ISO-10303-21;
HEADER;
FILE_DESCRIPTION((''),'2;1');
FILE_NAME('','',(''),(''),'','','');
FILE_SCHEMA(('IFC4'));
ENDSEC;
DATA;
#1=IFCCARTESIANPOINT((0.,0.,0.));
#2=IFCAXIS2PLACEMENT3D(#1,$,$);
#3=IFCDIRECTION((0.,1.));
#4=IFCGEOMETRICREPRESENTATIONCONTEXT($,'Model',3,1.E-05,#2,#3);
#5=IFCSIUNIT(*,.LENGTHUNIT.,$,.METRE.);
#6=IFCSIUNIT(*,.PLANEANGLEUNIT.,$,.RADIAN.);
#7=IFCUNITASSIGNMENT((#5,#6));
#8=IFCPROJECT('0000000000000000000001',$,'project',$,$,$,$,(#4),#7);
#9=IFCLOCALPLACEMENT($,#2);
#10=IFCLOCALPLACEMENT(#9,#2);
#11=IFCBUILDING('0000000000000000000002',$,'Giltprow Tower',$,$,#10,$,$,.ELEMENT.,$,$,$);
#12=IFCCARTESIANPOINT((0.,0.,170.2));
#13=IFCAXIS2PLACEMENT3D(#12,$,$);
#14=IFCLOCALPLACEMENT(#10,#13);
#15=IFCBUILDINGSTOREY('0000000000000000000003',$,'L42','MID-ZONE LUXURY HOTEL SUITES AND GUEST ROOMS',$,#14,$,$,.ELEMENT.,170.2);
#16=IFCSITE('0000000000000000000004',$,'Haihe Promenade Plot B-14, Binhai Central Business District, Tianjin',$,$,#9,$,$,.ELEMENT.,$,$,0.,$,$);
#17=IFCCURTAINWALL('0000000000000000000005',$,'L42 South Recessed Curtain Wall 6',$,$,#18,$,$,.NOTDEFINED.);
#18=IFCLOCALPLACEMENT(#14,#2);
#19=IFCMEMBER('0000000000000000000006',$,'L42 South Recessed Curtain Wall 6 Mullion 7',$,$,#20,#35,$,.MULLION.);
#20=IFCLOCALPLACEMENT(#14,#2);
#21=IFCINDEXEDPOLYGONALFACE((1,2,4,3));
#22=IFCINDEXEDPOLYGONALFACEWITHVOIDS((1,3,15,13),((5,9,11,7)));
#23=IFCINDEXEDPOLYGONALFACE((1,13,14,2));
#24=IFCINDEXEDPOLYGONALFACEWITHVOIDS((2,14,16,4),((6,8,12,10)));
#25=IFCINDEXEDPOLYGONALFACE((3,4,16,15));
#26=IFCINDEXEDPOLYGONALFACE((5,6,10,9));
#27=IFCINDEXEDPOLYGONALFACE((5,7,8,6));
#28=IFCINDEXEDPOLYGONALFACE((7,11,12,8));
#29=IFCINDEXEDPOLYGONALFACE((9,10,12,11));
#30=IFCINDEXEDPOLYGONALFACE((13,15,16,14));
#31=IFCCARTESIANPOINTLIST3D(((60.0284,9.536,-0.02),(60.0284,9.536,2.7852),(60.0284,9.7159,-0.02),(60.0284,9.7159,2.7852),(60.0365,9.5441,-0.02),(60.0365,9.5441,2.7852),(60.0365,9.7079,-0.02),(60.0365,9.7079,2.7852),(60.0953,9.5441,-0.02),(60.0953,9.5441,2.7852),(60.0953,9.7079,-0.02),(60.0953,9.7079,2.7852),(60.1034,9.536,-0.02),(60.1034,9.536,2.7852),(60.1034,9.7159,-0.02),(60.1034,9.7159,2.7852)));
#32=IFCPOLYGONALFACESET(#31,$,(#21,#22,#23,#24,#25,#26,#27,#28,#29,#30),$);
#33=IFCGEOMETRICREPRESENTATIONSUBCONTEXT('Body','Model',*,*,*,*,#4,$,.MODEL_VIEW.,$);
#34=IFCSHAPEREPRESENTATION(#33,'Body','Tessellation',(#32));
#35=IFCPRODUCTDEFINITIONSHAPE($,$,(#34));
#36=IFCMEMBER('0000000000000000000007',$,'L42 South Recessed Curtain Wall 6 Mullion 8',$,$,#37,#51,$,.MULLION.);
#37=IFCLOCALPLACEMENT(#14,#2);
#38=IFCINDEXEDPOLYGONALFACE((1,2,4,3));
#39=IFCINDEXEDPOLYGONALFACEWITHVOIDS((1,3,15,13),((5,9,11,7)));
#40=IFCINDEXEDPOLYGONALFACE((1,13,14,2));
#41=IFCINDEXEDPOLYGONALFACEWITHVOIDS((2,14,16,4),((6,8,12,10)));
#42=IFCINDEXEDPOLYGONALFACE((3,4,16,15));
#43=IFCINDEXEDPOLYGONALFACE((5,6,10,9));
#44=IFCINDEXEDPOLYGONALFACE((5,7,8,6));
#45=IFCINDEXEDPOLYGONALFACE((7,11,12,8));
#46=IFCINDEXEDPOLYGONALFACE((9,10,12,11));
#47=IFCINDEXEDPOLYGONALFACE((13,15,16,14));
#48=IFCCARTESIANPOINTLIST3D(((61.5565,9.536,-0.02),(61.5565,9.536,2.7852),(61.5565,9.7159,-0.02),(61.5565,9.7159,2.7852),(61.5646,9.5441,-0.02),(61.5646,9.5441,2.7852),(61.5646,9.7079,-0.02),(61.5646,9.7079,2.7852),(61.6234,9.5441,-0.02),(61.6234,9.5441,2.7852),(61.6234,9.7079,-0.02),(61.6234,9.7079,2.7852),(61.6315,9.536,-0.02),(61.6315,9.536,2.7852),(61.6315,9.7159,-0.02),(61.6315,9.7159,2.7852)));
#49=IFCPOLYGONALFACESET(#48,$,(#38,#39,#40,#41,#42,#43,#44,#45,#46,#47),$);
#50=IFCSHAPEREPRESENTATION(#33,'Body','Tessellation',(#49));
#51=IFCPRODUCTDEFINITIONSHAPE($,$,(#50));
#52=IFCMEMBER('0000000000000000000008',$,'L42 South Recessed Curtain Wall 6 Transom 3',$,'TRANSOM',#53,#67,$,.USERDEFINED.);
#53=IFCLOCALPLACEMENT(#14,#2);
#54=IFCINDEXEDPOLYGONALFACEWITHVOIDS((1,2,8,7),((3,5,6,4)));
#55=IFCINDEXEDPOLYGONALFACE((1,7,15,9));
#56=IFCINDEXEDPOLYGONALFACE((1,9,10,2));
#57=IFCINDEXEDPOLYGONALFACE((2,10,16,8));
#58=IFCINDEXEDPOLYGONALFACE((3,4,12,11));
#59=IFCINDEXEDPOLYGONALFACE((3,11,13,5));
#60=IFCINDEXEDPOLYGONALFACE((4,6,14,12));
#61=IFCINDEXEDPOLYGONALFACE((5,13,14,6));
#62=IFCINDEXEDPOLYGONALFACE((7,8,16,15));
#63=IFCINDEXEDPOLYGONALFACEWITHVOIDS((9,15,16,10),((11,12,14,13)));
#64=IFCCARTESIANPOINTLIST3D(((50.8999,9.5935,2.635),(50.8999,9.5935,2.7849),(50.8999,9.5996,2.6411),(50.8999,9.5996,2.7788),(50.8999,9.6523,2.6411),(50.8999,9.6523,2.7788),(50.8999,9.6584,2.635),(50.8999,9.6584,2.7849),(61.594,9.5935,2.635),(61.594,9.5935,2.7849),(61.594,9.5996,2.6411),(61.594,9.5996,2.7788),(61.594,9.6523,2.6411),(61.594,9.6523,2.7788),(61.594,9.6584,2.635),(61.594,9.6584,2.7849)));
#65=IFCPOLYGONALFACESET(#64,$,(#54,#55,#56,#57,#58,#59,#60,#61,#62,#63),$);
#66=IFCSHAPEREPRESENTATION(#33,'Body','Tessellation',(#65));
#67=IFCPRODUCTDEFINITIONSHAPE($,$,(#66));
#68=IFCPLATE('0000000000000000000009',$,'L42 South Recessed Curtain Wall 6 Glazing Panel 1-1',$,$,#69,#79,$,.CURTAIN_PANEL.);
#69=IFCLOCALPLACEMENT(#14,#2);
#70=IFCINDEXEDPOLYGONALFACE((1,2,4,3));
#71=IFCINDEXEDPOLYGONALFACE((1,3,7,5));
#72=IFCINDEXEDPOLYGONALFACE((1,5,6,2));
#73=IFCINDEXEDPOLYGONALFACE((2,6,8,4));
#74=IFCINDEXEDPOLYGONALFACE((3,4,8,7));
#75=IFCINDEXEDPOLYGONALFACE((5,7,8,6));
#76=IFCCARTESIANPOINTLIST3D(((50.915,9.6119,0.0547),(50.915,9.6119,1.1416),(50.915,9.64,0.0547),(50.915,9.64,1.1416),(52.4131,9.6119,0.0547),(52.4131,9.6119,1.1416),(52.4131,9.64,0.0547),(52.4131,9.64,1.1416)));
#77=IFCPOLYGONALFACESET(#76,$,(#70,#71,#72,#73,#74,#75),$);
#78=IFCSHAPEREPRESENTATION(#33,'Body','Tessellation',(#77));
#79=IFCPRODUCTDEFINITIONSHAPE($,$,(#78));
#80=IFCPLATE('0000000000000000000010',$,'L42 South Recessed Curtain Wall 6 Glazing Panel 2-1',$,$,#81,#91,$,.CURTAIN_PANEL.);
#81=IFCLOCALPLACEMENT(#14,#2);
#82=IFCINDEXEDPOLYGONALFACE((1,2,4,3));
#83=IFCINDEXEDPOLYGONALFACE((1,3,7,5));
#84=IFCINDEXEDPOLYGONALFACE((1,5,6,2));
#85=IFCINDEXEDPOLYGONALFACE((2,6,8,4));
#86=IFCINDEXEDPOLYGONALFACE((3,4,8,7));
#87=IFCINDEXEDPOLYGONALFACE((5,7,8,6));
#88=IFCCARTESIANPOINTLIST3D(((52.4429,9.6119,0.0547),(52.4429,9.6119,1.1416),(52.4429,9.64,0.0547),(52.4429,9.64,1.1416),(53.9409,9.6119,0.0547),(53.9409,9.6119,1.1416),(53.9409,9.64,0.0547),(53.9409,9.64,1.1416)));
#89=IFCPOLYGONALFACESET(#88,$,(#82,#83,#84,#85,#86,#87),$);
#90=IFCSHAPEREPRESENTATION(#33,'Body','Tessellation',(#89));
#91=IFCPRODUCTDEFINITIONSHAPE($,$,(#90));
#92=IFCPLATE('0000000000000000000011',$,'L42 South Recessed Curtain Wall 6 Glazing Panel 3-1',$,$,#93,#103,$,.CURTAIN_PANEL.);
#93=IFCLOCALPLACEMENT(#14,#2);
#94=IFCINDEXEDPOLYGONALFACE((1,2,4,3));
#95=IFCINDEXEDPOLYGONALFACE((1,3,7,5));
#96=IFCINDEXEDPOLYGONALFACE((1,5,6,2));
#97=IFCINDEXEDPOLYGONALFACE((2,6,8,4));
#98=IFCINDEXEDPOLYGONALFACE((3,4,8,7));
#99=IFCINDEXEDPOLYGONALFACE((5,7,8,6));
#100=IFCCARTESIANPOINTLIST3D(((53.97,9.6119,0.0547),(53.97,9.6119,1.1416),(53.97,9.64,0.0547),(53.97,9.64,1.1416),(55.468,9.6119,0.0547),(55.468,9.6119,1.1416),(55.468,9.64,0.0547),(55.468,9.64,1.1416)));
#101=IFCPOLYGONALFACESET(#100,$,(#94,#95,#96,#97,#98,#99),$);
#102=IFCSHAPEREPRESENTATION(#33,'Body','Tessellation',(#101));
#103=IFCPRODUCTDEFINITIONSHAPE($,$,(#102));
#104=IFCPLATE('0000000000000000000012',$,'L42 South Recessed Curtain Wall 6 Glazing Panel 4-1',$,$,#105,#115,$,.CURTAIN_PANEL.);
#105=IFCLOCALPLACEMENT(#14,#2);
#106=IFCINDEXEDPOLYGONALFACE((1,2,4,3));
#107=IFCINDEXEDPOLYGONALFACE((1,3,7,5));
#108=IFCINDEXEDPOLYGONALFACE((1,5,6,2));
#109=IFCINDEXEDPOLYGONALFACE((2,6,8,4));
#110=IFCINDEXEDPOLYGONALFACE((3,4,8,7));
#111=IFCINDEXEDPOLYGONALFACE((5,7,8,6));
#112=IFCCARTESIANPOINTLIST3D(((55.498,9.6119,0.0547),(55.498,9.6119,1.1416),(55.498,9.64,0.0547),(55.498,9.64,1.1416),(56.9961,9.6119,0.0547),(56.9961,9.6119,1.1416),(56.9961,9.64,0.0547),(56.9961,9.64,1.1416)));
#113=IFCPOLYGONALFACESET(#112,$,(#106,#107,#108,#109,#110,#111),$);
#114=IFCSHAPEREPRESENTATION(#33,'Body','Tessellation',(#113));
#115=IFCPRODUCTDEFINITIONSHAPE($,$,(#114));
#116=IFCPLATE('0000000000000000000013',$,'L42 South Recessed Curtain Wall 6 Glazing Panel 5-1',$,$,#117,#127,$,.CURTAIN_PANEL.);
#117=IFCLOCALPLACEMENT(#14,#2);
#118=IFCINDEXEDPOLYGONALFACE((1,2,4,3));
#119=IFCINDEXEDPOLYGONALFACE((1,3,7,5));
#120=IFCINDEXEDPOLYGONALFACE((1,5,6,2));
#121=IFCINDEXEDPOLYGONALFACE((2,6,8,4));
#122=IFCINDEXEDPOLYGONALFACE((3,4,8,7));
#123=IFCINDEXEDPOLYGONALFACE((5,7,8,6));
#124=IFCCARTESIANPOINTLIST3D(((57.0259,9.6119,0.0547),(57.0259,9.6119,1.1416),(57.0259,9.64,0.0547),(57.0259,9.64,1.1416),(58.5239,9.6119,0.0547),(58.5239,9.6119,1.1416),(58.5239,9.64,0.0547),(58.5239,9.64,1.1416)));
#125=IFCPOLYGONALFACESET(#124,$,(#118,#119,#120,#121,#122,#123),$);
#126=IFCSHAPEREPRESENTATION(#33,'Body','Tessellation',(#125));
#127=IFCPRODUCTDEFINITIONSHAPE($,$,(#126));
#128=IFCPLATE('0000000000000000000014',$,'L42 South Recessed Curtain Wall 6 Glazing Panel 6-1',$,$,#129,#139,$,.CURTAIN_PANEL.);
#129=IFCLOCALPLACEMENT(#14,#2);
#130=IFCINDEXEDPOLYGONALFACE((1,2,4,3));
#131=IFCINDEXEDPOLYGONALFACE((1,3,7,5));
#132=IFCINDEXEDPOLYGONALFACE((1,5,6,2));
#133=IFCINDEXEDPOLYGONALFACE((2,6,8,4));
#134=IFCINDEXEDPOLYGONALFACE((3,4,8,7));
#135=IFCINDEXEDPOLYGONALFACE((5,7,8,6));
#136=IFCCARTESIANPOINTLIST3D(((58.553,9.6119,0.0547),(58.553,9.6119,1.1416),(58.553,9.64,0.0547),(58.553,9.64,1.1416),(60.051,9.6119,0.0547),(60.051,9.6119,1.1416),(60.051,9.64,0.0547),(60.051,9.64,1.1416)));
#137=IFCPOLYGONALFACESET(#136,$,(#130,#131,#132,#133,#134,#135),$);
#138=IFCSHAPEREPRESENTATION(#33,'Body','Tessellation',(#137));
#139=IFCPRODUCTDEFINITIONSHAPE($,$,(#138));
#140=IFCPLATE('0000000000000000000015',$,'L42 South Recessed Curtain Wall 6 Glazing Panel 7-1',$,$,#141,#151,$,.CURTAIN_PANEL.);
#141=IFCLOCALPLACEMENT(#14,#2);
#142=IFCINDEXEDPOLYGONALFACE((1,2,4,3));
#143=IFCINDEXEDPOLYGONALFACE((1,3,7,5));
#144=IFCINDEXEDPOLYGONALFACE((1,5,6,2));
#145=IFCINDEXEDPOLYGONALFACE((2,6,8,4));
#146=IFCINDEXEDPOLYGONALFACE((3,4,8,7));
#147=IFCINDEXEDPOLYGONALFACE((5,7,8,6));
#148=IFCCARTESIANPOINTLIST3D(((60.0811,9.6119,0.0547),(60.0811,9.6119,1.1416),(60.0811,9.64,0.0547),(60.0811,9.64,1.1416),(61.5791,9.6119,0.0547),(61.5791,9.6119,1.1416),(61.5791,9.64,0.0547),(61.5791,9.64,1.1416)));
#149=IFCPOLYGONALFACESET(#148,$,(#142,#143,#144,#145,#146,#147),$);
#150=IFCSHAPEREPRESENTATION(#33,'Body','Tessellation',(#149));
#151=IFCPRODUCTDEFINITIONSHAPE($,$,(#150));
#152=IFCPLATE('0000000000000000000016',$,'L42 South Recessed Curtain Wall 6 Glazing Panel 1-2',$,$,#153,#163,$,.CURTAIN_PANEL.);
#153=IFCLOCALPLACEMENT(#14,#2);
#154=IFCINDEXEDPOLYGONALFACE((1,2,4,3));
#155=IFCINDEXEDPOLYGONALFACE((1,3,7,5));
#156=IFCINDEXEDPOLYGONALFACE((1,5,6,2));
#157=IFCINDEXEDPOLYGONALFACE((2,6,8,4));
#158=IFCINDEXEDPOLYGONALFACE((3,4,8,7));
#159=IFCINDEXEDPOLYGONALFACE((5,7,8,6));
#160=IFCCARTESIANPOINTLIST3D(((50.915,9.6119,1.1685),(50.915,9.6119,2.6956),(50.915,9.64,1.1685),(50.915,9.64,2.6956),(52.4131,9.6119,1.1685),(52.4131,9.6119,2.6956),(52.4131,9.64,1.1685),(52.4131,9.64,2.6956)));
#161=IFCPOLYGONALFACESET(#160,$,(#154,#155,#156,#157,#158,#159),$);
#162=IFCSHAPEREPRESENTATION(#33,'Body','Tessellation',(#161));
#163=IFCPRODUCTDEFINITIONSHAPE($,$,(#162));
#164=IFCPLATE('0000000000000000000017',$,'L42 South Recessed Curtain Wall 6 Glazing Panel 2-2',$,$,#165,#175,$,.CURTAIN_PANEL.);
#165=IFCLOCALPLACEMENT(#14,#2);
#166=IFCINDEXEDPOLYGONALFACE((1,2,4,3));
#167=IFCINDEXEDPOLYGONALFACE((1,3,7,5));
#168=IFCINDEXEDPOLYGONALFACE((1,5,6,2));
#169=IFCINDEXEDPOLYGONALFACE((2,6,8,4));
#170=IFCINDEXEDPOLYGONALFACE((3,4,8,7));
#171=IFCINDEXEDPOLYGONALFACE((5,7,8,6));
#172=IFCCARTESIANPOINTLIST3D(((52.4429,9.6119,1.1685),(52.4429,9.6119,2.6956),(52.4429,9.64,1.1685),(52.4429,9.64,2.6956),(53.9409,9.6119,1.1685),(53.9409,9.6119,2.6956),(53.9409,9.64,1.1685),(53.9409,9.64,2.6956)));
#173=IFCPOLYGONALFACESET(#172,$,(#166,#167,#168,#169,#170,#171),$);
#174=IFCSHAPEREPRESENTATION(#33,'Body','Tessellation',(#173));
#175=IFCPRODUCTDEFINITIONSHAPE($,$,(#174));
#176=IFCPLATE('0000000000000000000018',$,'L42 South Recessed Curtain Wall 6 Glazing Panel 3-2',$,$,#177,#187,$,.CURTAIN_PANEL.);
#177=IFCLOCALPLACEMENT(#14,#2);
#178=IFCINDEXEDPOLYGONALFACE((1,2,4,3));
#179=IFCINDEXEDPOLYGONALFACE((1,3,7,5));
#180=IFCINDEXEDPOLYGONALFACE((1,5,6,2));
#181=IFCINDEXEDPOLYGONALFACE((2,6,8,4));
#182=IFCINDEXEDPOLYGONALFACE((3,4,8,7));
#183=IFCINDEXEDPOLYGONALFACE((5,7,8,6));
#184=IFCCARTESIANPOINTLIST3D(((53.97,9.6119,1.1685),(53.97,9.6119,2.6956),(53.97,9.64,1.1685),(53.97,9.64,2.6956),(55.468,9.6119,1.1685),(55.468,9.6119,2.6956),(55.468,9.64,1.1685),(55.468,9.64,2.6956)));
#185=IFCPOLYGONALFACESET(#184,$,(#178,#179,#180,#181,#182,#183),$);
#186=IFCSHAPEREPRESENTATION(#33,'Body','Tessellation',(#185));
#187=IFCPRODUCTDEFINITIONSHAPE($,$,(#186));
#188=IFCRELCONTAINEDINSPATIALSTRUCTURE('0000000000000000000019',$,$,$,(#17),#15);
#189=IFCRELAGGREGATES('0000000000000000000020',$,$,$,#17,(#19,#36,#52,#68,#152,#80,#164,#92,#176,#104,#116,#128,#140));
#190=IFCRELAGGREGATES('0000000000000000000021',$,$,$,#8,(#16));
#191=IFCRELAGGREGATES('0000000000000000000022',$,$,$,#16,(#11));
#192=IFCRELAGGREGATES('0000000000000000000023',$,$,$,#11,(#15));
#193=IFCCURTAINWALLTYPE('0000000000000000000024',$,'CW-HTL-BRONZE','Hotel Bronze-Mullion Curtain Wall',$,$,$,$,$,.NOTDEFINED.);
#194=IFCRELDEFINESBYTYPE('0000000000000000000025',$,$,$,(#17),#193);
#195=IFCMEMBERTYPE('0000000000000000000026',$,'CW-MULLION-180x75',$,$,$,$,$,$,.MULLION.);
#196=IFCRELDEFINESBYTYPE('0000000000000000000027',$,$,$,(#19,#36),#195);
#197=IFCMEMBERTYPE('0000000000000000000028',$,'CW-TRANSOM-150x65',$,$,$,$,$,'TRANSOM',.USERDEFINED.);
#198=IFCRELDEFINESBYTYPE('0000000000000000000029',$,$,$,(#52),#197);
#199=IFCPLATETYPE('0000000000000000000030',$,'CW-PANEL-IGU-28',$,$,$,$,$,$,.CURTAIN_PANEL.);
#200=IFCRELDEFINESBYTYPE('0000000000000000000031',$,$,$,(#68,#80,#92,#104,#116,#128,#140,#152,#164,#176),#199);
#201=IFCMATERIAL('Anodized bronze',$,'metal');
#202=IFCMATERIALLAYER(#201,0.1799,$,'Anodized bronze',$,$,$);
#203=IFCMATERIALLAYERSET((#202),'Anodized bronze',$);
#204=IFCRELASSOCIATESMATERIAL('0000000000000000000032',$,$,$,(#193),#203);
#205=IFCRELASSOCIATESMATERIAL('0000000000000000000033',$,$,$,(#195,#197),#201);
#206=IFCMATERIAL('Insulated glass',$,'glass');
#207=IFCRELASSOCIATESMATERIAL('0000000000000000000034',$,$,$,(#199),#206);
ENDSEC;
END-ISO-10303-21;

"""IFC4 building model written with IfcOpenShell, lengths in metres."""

from ifc_helpers import new_model, si_unit, direction, frame, origin, origin_2d, place, context, subcontext, project, spatial, rectangle, hollow_rectangle, extrude, source, transform, mapped, material, layer, layer_set, material_profile, profile_set, type_object, element, aggregate, save


model = new_model("IFC4")

# Units and contexts
model_context = context("Model", 3, precision=1e-05, world=origin(), true_north=direction((0.0, 1.0)))
body_context = subcontext(model_context, "Body", "Model", "MODEL_VIEW")
ifc_project = project(units=[si_unit("LENGTHUNIT", "METRE"), si_unit("PLANEANGLEUNIT", "RADIAN")], contexts=[model_context])

# Site, building, storey
site_placement = place(None, origin())
site = spatial("IfcSite", under=ifc_project, at=site_placement, Name="Haihe Promenade Plot B-14, Binhai Central Business District, Tianjin", CompositionType="ELEMENT", RefElevation=0.0)
building_placement = place(site_placement, origin())
building = spatial("IfcBuilding", under=site, at=building_placement, Name="Giltprow Tower", CompositionType="ELEMENT")
storey_placement = place(building_placement, frame((0.0, 0.0, 170.2)))
storey = spatial("IfcBuildingStorey", under=building, at=storey_placement, Name="L42", Description="MID-ZONE LUXURY HOTEL SUITES AND GUEST ROOMS", CompositionType="ELEMENT", Elevation=170.2)

# Curtain wall, members, plates
ifc_material_1 = material(Name="Anodized bronze", Category="metal")
ifc_layer_1 = layer(ifc_material_1, 0.1799, Name="Anodized bronze")
ifc_layer_set_1 = layer_set([ifc_layer_1], Name="Anodized bronze")
curtain_wall_type = type_object("IfcCurtainWallType", Name="CW-HTL-BRONZE", Description="Hotel Bronze-Mullion Curtain Wall", PredefinedType="NOTDEFINED", material=ifc_layer_set_1)
curtain_wall_placement = place(storey_placement, origin())
curtain_wall = element("IfcCurtainWall", 1, at=curtain_wall_placement, inside=storey, type_object=curtain_wall_type, Name="L42 South Recessed Curtain Wall 6", PredefinedType="NOTDEFINED")
ifc_material_profile_1 = material_profile(ifc_material_1, hollow_rectangle(XDim=0.075, YDim=0.1799, WallThickness=0.0081, at=origin_2d()), Name="RHS 180x75x8")
ifc_profile_set_1 = profile_set([ifc_material_profile_1], Name="Anodized bronze")
member_type_1 = type_object("IfcMemberType", Name="CW-MULLION-180x75", PredefinedType="MULLION", material=ifc_profile_set_1)
shared_shape_1 = source(origin(), body_context, "Body", "SweptSolid", [
    extrude(hollow_rectangle(XDim=0.075, YDim=0.1799, WallThickness=0.0081, at=origin_2d()), origin(), (0.0, 0.0, 1.0), 2.8052),
])
member_1_placement = place(storey_placement, frame((60.0659, 9.626, -0.02), z_axis=(0.0, 0.0, 1.0), x_axis=(1.0, 0.0, 0.0)))
member_1 = element("IfcMember", 2, at=member_1_placement, type_object=member_type_1, Name="L42 South Recessed Curtain Wall 6 Mullion 7", PredefinedType="MULLION", context=body_context, shape_type="MappedRepresentation", body=[
    mapped(shared_shape_1, transform((0.0, 0.0, 0.0), x_axis=(1.0, 0.0, 0.0), y_axis=(0.0, 1.0, 0.0), z_axis=(0.0, 0.0, 1.0), scale=1.0)),
])
member_2_placement = place(storey_placement, frame((61.594, 9.626, -0.02), z_axis=(0.0, 0.0, 1.0), x_axis=(1.0, 0.0, 0.0)))
member_2 = element("IfcMember", 3, at=member_2_placement, type_object=member_type_1, Name="L42 South Recessed Curtain Wall 6 Mullion 8", PredefinedType="MULLION", context=body_context, shape_type="MappedRepresentation", body=[
    mapped(shared_shape_1, transform((0.0, 0.0, 0.0), x_axis=(1.0, 0.0, 0.0), y_axis=(0.0, 1.0, 0.0), z_axis=(0.0, 0.0, 1.0), scale=1.0)),
])
ifc_material_profile_2 = material_profile(ifc_material_1, hollow_rectangle(XDim=0.0649, YDim=0.1499, WallThickness=0.0061, at=origin_2d()), Name="RHS 150x65x6")
ifc_profile_set_2 = profile_set([ifc_material_profile_2], Name="Anodized bronze")
member_type_2 = type_object("IfcMemberType", Name="CW-TRANSOM-150x65", ElementType="TRANSOM", PredefinedType="USERDEFINED", material=ifc_profile_set_2)
shared_shape_2 = source(origin(), body_context, "Body", "SweptSolid", [
    extrude(hollow_rectangle(XDim=0.0649, YDim=0.1499, WallThickness=0.0061, at=origin_2d()), origin(), (0.0, 0.0, 1.0), 10.6941),
])
member_3_placement = place(storey_placement, frame((50.8999, 9.626, 2.71), z_axis=(1.0, 0.0, 0.0), x_axis=(0.0, 1.0, 0.0)))
member_3 = element("IfcMember", 4, at=member_3_placement, type_object=member_type_2, Name="L42 South Recessed Curtain Wall 6 Transom 3", ObjectType="TRANSOM", PredefinedType="USERDEFINED", context=body_context, shape_type="MappedRepresentation", body=[
    mapped(shared_shape_2, transform((0.0, 0.0, 0.0), x_axis=(1.0, 0.0, 0.0), y_axis=(0.0, 1.0, 0.0), z_axis=(0.0, 0.0, 1.0), scale=1.0)),
])
ifc_material_2 = material(Name="Insulated glass", Category="glass")
plate_type = type_object("IfcPlateType", Name="CW-PANEL-IGU-28", PredefinedType="CURTAIN_PANEL", material=ifc_material_2)
shared_shape_3 = source(origin(), body_context, "Body", "SweptSolid", [
    extrude(rectangle(XDim=1.498, YDim=0.0281, at=origin_2d()), origin(), (0.0, 0.0, 1.0), 1.0869),
])
plate_1_placement = place(storey_placement, frame((51.6641, 9.626, 0.0547), z_axis=(0.0, 0.0, 1.0), x_axis=(1.0, 0.0, 0.0)))
plate_1 = element("IfcPlate", 5, at=plate_1_placement, type_object=plate_type, Name="L42 South Recessed Curtain Wall 6 Glazing Panel 1-1", PredefinedType="CURTAIN_PANEL", context=body_context, shape_type="MappedRepresentation", body=[
    mapped(shared_shape_3, transform((0.0, 0.0, 0.0), x_axis=(1.0, 0.0, 0.0), y_axis=(0.0, 1.0, 0.0), z_axis=(0.0, 0.0, 1.0), scale=1.0)),
])
plate_2_placement = place(storey_placement, frame((53.1919, 9.626, 0.0547), z_axis=(0.0, 0.0, 1.0), x_axis=(1.0, 0.0, 0.0)))
plate_2 = element("IfcPlate", 6, at=plate_2_placement, type_object=plate_type, Name="L42 South Recessed Curtain Wall 6 Glazing Panel 2-1", PredefinedType="CURTAIN_PANEL", context=body_context, shape_type="MappedRepresentation", body=[
    mapped(shared_shape_3, transform((0.0, 0.0, 0.0), x_axis=(1.0, 0.0, 0.0), y_axis=(0.0, 1.0, 0.0), z_axis=(0.0, 0.0, 1.0), scale=1.0)),
])
plate_3_placement = place(storey_placement, frame((54.719, 9.626, 0.0547), z_axis=(0.0, 0.0, 1.0), x_axis=(1.0, 0.0, 0.0)))
plate_3 = element("IfcPlate", 7, at=plate_3_placement, type_object=plate_type, Name="L42 South Recessed Curtain Wall 6 Glazing Panel 3-1", PredefinedType="CURTAIN_PANEL", context=body_context, shape_type="MappedRepresentation", body=[
    mapped(shared_shape_3, transform((0.0, 0.0, 0.0), x_axis=(1.0, 0.0, 0.0), y_axis=(0.0, 1.0, 0.0), z_axis=(0.0, 0.0, 1.0), scale=1.0)),
])
plate_4_placement = place(storey_placement, frame((56.2471, 9.626, 0.0547), z_axis=(0.0, 0.0, 1.0), x_axis=(1.0, 0.0, 0.0)))
plate_4 = element("IfcPlate", 8, at=plate_4_placement, type_object=plate_type, Name="L42 South Recessed Curtain Wall 6 Glazing Panel 4-1", PredefinedType="CURTAIN_PANEL", context=body_context, shape_type="MappedRepresentation", body=[
    mapped(shared_shape_3, transform((0.0, 0.0, 0.0), x_axis=(1.0, 0.0, 0.0), y_axis=(0.0, 1.0, 0.0), z_axis=(0.0, 0.0, 1.0), scale=1.0)),
])
plate_5_placement = place(storey_placement, frame((57.7749, 9.626, 0.0547), z_axis=(0.0, 0.0, 1.0), x_axis=(1.0, 0.0, 0.0)))
plate_5 = element("IfcPlate", 9, at=plate_5_placement, type_object=plate_type, Name="L42 South Recessed Curtain Wall 6 Glazing Panel 5-1", PredefinedType="CURTAIN_PANEL", context=body_context, shape_type="MappedRepresentation", body=[
    mapped(shared_shape_3, transform((0.0, 0.0, 0.0), x_axis=(1.0, 0.0, 0.0), y_axis=(0.0, 1.0, 0.0), z_axis=(0.0, 0.0, 1.0), scale=1.0)),
])
plate_6_placement = place(storey_placement, frame((59.302, 9.626, 0.0547), z_axis=(0.0, 0.0, 1.0), x_axis=(1.0, 0.0, 0.0)))
plate_6 = element("IfcPlate", 10, at=plate_6_placement, type_object=plate_type, Name="L42 South Recessed Curtain Wall 6 Glazing Panel 6-1", PredefinedType="CURTAIN_PANEL", context=body_context, shape_type="MappedRepresentation", body=[
    mapped(shared_shape_3, transform((0.0, 0.0, 0.0), x_axis=(1.0, 0.0, 0.0), y_axis=(0.0, 1.0, 0.0), z_axis=(0.0, 0.0, 1.0), scale=1.0)),
])
plate_7_placement = place(storey_placement, frame((60.8301, 9.626, 0.0547), z_axis=(0.0, 0.0, 1.0), x_axis=(1.0, 0.0, 0.0)))
plate_7 = element("IfcPlate", 11, at=plate_7_placement, type_object=plate_type, Name="L42 South Recessed Curtain Wall 6 Glazing Panel 7-1", PredefinedType="CURTAIN_PANEL", context=body_context, shape_type="MappedRepresentation", body=[
    mapped(shared_shape_3, transform((0.0, 0.0, 0.0), x_axis=(1.0, 0.0, 0.0), y_axis=(0.0, 1.0, 0.0), z_axis=(0.0, 0.0, 1.0), scale=1.0)),
])
shared_shape_4 = source(origin(), body_context, "Body", "SweptSolid", [
    extrude(rectangle(XDim=1.498, YDim=0.0281, at=origin_2d()), origin(), (0.0, 0.0, 1.0), 1.5271),
])
plate_8_placement = place(storey_placement, frame((51.6641, 9.626, 1.1685), z_axis=(0.0, 0.0, 1.0), x_axis=(1.0, 0.0, 0.0)))
plate_8 = element("IfcPlate", 12, at=plate_8_placement, type_object=plate_type, Name="L42 South Recessed Curtain Wall 6 Glazing Panel 1-2", PredefinedType="CURTAIN_PANEL", context=body_context, shape_type="MappedRepresentation", body=[
    mapped(shared_shape_4, transform((0.0, 0.0, 0.0), x_axis=(1.0, 0.0, 0.0), y_axis=(0.0, 1.0, 0.0), z_axis=(0.0, 0.0, 1.0), scale=1.0)),
])
plate_9_placement = place(storey_placement, frame((53.1919, 9.626, 1.1685), z_axis=(0.0, 0.0, 1.0), x_axis=(1.0, 0.0, 0.0)))
plate_9 = element("IfcPlate", 13, at=plate_9_placement, type_object=plate_type, Name="L42 South Recessed Curtain Wall 6 Glazing Panel 2-2", PredefinedType="CURTAIN_PANEL", context=body_context, shape_type="MappedRepresentation", body=[
    mapped(shared_shape_4, transform((0.0, 0.0, 0.0), x_axis=(1.0, 0.0, 0.0), y_axis=(0.0, 1.0, 0.0), z_axis=(0.0, 0.0, 1.0), scale=1.0)),
])
plate_10_placement = place(storey_placement, frame((54.719, 9.626, 1.1685), z_axis=(0.0, 0.0, 1.0), x_axis=(1.0, 0.0, 0.0)))
plate_10 = element("IfcPlate", 14, at=plate_10_placement, type_object=plate_type, Name="L42 South Recessed Curtain Wall 6 Glazing Panel 3-2", PredefinedType="CURTAIN_PANEL", context=body_context, shape_type="MappedRepresentation", body=[
    mapped(shared_shape_4, transform((0.0, 0.0, 0.0), x_axis=(1.0, 0.0, 0.0), y_axis=(0.0, 1.0, 0.0), z_axis=(0.0, 0.0, 1.0), scale=1.0)),
])
aggregate(curtain_wall, [member_1, member_2, member_3, plate_1, plate_8, plate_2, plate_9, plate_3, plate_10, plate_4, plate_5, plate_6, plate_7])

save(model, "model.ifc")
